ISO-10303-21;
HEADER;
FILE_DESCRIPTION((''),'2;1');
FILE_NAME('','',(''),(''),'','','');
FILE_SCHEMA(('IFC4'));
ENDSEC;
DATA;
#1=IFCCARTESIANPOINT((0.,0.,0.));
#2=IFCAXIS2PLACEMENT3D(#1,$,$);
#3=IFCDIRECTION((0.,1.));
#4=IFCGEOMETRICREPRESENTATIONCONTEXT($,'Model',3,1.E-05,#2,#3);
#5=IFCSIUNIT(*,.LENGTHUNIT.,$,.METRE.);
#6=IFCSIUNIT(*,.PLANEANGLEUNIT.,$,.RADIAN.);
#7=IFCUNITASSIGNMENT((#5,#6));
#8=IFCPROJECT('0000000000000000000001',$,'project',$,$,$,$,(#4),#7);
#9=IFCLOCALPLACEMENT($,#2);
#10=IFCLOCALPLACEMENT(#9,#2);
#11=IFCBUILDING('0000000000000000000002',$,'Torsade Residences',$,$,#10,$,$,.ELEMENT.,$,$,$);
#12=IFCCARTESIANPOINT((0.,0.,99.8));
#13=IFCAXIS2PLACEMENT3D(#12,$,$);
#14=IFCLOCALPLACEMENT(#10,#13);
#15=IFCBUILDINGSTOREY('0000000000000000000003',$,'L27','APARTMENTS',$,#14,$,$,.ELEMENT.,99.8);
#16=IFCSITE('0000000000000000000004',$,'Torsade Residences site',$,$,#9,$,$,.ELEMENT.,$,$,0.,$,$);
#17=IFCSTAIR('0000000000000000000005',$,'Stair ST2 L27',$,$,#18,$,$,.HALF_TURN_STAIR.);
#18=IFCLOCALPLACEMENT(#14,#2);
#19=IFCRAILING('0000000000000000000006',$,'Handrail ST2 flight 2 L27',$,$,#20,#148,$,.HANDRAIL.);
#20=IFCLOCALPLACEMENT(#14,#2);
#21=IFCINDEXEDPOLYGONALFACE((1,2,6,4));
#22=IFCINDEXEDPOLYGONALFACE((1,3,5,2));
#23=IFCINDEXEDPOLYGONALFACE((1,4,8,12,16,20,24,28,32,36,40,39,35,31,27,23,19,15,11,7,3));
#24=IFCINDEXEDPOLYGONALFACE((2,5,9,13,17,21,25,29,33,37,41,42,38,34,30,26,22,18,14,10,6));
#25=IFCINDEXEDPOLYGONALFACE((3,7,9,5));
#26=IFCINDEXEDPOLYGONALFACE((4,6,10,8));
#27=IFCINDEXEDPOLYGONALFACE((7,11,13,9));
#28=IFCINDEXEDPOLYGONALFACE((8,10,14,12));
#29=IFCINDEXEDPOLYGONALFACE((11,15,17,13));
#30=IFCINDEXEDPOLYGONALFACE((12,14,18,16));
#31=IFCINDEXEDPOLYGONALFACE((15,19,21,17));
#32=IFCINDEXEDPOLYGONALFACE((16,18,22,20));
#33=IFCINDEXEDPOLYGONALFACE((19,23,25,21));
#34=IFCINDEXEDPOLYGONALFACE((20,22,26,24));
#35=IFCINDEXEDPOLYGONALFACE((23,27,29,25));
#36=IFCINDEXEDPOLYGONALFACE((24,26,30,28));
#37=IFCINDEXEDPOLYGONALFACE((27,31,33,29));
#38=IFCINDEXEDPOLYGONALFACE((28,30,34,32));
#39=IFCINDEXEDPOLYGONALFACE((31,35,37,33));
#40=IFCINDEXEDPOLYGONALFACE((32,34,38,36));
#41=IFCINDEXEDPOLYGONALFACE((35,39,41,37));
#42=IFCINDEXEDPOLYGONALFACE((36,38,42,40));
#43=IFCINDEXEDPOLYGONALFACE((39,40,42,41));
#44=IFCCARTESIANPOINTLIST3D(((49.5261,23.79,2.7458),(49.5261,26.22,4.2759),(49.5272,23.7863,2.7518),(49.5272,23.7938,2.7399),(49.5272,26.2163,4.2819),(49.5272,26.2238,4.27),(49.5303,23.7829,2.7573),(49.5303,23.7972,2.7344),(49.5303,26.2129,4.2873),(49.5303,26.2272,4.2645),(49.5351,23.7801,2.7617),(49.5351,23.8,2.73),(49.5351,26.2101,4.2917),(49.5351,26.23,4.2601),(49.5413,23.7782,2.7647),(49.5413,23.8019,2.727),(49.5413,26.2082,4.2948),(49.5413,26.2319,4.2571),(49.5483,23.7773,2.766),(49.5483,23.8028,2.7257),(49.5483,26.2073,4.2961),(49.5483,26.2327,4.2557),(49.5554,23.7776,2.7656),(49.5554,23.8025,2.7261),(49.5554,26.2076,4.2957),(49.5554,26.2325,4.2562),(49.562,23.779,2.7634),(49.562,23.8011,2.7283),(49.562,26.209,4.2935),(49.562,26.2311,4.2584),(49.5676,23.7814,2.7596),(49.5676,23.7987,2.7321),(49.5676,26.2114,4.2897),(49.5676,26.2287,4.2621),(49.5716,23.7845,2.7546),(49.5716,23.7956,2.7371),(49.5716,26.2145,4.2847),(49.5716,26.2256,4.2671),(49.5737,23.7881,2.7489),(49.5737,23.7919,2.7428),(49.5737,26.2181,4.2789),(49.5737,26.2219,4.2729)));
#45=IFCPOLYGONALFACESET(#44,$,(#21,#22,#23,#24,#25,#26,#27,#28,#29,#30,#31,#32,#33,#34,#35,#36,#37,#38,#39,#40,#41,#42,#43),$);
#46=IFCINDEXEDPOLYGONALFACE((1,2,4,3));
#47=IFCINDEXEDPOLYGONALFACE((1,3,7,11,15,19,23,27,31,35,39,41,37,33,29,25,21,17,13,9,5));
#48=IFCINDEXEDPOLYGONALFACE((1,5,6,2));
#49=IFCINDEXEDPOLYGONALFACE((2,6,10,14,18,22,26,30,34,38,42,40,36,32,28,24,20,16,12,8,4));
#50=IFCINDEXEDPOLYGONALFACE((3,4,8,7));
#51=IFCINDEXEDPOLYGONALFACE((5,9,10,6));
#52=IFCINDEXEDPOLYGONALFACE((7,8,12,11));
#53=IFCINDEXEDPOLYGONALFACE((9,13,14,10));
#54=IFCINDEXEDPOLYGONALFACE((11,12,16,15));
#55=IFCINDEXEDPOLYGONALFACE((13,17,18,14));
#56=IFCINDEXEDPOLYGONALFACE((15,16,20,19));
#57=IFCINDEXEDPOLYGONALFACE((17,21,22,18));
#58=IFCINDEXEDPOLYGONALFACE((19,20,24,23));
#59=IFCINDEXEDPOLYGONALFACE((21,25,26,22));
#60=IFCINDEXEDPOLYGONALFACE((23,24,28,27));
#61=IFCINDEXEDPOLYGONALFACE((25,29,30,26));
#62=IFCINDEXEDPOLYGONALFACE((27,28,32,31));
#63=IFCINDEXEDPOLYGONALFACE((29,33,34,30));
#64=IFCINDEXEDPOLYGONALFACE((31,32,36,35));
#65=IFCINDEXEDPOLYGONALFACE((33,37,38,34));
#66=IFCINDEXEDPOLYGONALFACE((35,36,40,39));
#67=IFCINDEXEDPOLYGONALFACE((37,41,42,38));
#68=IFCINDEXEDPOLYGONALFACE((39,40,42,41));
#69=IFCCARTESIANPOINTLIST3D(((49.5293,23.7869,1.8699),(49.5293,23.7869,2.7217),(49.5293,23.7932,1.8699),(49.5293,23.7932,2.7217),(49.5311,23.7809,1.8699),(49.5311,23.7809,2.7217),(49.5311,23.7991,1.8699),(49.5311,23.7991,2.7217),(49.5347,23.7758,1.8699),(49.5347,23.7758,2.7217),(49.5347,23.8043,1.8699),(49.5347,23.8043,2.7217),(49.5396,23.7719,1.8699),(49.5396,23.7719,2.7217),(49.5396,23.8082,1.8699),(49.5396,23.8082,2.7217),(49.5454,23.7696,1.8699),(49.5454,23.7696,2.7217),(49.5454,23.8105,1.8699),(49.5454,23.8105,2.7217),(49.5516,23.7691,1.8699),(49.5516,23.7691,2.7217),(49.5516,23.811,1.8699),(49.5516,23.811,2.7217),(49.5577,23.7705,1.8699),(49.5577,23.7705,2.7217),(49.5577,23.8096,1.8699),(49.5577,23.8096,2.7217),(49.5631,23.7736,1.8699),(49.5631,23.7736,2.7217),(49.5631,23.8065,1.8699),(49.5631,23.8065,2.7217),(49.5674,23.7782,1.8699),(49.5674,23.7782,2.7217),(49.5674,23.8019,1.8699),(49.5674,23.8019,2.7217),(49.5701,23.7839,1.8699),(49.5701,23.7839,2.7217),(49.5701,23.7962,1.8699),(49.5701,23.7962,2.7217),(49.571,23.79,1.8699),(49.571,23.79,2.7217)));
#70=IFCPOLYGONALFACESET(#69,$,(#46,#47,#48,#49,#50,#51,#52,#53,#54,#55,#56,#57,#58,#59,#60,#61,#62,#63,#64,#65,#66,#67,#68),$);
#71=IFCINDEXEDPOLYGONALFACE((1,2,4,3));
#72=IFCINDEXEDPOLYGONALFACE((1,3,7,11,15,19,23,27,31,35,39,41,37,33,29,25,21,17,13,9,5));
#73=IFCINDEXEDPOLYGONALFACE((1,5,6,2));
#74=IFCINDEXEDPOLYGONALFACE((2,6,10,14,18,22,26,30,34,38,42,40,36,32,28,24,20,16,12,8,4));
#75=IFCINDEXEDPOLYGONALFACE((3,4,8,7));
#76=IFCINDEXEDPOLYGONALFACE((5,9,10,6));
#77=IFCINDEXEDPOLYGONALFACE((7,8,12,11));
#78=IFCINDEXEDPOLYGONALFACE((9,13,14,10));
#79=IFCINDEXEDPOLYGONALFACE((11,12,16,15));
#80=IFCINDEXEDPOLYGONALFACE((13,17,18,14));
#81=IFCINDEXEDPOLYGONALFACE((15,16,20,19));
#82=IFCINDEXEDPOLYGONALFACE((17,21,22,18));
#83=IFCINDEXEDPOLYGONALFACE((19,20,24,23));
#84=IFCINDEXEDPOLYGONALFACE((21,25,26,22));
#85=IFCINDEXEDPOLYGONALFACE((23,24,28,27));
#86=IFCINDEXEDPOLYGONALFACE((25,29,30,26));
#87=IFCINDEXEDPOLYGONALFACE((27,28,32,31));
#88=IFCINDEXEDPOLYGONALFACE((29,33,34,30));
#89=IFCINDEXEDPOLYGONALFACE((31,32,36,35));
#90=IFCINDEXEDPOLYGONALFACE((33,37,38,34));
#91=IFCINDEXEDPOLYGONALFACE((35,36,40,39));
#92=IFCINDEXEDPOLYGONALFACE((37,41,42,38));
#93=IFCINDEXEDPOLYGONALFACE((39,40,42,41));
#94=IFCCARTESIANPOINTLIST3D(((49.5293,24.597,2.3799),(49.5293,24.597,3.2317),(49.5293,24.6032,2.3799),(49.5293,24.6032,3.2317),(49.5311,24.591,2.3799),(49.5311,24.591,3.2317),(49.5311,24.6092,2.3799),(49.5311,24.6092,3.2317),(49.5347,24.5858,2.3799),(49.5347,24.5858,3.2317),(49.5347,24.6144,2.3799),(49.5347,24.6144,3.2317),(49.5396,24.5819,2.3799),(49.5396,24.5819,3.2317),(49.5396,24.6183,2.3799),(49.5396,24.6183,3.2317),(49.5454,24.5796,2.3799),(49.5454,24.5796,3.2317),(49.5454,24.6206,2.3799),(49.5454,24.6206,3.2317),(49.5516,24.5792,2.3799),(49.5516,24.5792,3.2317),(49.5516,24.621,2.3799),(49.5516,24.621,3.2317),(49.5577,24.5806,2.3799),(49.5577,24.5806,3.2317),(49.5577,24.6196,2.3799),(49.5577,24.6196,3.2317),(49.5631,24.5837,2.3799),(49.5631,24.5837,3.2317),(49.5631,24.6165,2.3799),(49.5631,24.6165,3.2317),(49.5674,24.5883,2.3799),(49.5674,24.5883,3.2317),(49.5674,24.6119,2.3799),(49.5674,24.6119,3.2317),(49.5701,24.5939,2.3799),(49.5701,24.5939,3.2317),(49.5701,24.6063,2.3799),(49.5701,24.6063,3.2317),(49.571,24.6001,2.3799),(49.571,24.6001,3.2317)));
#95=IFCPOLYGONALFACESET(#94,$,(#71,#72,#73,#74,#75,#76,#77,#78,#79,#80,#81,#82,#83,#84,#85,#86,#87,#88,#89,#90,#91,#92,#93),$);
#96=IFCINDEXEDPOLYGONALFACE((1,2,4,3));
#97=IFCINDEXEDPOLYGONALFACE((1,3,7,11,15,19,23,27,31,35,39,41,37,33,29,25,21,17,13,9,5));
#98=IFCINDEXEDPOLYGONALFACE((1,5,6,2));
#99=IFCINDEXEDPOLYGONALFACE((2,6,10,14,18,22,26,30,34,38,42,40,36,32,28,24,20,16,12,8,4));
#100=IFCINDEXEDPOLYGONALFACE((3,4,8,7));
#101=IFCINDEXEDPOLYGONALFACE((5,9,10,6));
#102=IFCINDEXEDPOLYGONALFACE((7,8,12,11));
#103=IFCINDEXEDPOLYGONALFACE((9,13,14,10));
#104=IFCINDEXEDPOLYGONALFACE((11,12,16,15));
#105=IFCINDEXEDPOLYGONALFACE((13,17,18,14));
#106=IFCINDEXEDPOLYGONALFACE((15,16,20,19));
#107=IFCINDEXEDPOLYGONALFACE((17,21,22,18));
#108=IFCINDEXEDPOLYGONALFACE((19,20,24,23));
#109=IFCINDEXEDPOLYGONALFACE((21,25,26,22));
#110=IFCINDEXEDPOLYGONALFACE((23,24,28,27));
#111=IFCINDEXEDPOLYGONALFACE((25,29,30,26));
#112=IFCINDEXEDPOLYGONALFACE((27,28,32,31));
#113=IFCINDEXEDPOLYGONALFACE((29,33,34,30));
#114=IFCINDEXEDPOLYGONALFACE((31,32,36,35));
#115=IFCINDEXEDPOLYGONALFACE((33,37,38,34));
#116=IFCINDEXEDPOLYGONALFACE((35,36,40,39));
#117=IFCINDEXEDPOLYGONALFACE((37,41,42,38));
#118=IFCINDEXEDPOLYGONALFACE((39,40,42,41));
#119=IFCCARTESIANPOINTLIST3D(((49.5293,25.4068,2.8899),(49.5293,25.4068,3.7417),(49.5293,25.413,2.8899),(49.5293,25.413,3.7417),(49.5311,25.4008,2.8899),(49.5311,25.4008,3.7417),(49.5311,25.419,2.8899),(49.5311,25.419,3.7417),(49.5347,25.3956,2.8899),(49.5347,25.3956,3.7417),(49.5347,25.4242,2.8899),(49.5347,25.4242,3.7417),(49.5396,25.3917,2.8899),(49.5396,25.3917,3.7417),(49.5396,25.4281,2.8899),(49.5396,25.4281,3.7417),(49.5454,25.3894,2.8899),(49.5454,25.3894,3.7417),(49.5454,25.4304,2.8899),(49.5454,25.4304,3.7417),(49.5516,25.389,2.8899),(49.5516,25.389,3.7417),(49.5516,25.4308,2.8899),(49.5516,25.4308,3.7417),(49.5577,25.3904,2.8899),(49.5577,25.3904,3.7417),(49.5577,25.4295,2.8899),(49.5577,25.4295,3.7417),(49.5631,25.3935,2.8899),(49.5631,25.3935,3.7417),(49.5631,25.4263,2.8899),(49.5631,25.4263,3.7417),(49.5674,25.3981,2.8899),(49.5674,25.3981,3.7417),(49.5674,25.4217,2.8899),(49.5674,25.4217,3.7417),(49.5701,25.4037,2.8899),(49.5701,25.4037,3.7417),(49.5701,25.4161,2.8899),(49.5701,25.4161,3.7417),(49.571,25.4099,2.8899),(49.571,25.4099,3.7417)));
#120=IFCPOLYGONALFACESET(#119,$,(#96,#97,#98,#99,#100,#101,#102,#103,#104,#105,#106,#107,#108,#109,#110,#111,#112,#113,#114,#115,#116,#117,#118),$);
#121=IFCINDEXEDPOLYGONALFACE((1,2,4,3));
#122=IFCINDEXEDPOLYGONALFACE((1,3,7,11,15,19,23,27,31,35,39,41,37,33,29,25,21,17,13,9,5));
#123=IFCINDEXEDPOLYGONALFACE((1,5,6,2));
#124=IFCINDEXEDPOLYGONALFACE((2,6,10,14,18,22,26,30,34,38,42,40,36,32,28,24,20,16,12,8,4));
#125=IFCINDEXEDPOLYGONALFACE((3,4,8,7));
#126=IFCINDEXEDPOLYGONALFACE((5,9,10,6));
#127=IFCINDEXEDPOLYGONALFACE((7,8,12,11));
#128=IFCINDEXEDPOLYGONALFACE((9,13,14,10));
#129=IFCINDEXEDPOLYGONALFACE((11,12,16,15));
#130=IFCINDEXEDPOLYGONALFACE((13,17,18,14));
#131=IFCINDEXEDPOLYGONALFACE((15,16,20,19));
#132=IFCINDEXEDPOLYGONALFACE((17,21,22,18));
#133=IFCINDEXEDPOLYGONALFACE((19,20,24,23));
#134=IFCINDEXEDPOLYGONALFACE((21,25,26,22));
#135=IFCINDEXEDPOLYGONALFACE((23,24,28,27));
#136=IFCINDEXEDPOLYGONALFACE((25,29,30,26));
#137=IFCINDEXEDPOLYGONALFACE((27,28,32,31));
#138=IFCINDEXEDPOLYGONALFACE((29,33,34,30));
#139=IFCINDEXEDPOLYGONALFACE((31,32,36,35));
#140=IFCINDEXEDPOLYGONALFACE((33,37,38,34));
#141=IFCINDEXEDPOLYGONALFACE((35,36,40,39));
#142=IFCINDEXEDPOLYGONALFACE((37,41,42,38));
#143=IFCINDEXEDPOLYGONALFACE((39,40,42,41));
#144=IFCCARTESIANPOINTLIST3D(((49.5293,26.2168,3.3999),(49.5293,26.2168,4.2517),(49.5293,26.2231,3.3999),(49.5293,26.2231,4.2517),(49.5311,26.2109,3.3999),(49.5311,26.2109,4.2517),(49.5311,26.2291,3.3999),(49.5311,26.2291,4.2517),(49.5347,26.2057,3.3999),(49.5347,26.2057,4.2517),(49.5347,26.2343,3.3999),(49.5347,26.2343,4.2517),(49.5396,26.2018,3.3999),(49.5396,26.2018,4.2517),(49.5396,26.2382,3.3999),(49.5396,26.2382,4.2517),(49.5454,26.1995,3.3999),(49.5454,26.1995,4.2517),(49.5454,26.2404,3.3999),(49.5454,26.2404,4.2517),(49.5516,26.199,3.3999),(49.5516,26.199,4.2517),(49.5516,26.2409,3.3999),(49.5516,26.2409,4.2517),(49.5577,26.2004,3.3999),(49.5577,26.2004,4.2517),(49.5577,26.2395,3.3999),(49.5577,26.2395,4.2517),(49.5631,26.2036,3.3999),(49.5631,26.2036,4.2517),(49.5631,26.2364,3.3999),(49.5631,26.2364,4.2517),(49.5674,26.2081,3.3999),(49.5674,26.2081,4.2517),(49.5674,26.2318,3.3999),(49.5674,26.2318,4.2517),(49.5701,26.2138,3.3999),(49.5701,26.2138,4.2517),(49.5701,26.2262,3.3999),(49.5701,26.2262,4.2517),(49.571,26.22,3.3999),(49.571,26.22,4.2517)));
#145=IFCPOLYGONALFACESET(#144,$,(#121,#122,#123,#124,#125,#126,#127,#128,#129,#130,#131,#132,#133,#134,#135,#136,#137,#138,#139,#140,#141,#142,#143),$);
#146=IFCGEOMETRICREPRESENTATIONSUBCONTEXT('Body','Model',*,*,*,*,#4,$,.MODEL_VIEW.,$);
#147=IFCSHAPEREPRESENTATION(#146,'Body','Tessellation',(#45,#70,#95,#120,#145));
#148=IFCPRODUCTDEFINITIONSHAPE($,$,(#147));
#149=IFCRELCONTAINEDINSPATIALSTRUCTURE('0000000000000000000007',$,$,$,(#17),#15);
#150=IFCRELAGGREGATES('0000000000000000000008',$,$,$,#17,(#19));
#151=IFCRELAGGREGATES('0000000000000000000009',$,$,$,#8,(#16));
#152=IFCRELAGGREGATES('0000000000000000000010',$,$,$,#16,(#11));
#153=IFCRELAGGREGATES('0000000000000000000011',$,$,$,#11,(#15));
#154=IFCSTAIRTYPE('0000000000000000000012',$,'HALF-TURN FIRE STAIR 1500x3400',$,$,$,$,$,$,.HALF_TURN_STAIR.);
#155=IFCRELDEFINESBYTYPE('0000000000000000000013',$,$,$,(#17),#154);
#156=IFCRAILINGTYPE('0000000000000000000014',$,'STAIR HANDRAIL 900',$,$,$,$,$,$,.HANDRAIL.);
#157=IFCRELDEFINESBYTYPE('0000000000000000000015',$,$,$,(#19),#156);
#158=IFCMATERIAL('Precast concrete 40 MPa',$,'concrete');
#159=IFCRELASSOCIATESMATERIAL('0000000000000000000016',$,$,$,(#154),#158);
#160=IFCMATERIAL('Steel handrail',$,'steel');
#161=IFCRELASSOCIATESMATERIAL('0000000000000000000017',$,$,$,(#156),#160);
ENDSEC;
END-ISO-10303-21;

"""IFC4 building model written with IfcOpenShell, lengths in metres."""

from ifc_helpers import new_model, si_unit, direction, frame, origin, origin_2d, place, context, subcontext, project, spatial, circle, extrude, material, type_object, element, aggregate, save


model = new_model("IFC4")

# Units and contexts
model_context = context("Model", 3, precision=1e-05, world=origin(), true_north=direction((0.0, 1.0)))
body_context = subcontext(model_context, "Body", "Model", "MODEL_VIEW")
ifc_project = project(units=[si_unit("LENGTHUNIT", "METRE"), si_unit("PLANEANGLEUNIT", "RADIAN")], contexts=[model_context])

# Site, building, storey
site_placement = place(None, origin())
site = spatial("IfcSite", under=ifc_project, at=site_placement, Name="Torsade Residences site", CompositionType="ELEMENT", RefElevation=0.0)
building_placement = place(site_placement, origin())
building = spatial("IfcBuilding", under=site, at=building_placement, Name="Torsade Residences", CompositionType="ELEMENT")
storey_placement = place(building_placement, frame((0.0, 0.0, 99.8)))
storey = spatial("IfcBuildingStorey", under=building, at=storey_placement, Name="L27", Description="APARTMENTS", CompositionType="ELEMENT", Elevation=99.8)

# Stair, railing
ifc_material_1 = material(Name="Precast concrete 40 MPa", Category="concrete")
stair_type = type_object("IfcStairType", Name="HALF-TURN FIRE STAIR 1500x3400", PredefinedType="HALF_TURN_STAIR", material=ifc_material_1)
stair_placement = place(storey_placement, origin())
stair = element("IfcStair", 1, at=stair_placement, inside=storey, type_object=stair_type, Name="Stair ST2 L27", PredefinedType="HALF_TURN_STAIR")
ifc_material_2 = material(Name="Steel handrail", Category="steel")
railing_type = type_object("IfcRailingType", Name="STAIR HANDRAIL 900", PredefinedType="HANDRAIL", material=ifc_material_2)
railing_1_placement = place(storey_placement, frame((49.55, 23.79, 1.8699)))
railing_1 = element("IfcRailing", 2, at=railing_1_placement, type_object=railing_type, Name="Handrail ST2 flight 2 L27", PredefinedType="HANDRAIL", context=body_context, shape_type="SweptSolid", body=[
    extrude(circle(Radius=0.0239, at=origin_2d()), frame((0.0, 0.0, 0.876), z_axis=(0.0, 0.846221, 0.532831), x_axis=(-1.0, 0.0, 0.0)), (0.0, 0.0, 1.0), 2.8716),
    extrude(circle(Radius=0.021, at=origin_2d()), origin(), (0.0, 0.0, 1.0), 0.8518),
    extrude(circle(Radius=0.021, at=origin_2d()), frame((0.0, 0.8101, 0.51)), (0.0, 0.0, 1.0), 0.8518),
    extrude(circle(Radius=0.021, at=origin_2d()), frame((0.0, 1.6199, 1.02)), (0.0, 0.0, 1.0), 0.8518),
    extrude(circle(Radius=0.021, at=origin_2d()), frame((0.0, 2.4299, 1.53)), (0.0, 0.0, 1.0), 0.8518),
])
aggregate(stair, [railing_1])

save(model, "model.ifc")
